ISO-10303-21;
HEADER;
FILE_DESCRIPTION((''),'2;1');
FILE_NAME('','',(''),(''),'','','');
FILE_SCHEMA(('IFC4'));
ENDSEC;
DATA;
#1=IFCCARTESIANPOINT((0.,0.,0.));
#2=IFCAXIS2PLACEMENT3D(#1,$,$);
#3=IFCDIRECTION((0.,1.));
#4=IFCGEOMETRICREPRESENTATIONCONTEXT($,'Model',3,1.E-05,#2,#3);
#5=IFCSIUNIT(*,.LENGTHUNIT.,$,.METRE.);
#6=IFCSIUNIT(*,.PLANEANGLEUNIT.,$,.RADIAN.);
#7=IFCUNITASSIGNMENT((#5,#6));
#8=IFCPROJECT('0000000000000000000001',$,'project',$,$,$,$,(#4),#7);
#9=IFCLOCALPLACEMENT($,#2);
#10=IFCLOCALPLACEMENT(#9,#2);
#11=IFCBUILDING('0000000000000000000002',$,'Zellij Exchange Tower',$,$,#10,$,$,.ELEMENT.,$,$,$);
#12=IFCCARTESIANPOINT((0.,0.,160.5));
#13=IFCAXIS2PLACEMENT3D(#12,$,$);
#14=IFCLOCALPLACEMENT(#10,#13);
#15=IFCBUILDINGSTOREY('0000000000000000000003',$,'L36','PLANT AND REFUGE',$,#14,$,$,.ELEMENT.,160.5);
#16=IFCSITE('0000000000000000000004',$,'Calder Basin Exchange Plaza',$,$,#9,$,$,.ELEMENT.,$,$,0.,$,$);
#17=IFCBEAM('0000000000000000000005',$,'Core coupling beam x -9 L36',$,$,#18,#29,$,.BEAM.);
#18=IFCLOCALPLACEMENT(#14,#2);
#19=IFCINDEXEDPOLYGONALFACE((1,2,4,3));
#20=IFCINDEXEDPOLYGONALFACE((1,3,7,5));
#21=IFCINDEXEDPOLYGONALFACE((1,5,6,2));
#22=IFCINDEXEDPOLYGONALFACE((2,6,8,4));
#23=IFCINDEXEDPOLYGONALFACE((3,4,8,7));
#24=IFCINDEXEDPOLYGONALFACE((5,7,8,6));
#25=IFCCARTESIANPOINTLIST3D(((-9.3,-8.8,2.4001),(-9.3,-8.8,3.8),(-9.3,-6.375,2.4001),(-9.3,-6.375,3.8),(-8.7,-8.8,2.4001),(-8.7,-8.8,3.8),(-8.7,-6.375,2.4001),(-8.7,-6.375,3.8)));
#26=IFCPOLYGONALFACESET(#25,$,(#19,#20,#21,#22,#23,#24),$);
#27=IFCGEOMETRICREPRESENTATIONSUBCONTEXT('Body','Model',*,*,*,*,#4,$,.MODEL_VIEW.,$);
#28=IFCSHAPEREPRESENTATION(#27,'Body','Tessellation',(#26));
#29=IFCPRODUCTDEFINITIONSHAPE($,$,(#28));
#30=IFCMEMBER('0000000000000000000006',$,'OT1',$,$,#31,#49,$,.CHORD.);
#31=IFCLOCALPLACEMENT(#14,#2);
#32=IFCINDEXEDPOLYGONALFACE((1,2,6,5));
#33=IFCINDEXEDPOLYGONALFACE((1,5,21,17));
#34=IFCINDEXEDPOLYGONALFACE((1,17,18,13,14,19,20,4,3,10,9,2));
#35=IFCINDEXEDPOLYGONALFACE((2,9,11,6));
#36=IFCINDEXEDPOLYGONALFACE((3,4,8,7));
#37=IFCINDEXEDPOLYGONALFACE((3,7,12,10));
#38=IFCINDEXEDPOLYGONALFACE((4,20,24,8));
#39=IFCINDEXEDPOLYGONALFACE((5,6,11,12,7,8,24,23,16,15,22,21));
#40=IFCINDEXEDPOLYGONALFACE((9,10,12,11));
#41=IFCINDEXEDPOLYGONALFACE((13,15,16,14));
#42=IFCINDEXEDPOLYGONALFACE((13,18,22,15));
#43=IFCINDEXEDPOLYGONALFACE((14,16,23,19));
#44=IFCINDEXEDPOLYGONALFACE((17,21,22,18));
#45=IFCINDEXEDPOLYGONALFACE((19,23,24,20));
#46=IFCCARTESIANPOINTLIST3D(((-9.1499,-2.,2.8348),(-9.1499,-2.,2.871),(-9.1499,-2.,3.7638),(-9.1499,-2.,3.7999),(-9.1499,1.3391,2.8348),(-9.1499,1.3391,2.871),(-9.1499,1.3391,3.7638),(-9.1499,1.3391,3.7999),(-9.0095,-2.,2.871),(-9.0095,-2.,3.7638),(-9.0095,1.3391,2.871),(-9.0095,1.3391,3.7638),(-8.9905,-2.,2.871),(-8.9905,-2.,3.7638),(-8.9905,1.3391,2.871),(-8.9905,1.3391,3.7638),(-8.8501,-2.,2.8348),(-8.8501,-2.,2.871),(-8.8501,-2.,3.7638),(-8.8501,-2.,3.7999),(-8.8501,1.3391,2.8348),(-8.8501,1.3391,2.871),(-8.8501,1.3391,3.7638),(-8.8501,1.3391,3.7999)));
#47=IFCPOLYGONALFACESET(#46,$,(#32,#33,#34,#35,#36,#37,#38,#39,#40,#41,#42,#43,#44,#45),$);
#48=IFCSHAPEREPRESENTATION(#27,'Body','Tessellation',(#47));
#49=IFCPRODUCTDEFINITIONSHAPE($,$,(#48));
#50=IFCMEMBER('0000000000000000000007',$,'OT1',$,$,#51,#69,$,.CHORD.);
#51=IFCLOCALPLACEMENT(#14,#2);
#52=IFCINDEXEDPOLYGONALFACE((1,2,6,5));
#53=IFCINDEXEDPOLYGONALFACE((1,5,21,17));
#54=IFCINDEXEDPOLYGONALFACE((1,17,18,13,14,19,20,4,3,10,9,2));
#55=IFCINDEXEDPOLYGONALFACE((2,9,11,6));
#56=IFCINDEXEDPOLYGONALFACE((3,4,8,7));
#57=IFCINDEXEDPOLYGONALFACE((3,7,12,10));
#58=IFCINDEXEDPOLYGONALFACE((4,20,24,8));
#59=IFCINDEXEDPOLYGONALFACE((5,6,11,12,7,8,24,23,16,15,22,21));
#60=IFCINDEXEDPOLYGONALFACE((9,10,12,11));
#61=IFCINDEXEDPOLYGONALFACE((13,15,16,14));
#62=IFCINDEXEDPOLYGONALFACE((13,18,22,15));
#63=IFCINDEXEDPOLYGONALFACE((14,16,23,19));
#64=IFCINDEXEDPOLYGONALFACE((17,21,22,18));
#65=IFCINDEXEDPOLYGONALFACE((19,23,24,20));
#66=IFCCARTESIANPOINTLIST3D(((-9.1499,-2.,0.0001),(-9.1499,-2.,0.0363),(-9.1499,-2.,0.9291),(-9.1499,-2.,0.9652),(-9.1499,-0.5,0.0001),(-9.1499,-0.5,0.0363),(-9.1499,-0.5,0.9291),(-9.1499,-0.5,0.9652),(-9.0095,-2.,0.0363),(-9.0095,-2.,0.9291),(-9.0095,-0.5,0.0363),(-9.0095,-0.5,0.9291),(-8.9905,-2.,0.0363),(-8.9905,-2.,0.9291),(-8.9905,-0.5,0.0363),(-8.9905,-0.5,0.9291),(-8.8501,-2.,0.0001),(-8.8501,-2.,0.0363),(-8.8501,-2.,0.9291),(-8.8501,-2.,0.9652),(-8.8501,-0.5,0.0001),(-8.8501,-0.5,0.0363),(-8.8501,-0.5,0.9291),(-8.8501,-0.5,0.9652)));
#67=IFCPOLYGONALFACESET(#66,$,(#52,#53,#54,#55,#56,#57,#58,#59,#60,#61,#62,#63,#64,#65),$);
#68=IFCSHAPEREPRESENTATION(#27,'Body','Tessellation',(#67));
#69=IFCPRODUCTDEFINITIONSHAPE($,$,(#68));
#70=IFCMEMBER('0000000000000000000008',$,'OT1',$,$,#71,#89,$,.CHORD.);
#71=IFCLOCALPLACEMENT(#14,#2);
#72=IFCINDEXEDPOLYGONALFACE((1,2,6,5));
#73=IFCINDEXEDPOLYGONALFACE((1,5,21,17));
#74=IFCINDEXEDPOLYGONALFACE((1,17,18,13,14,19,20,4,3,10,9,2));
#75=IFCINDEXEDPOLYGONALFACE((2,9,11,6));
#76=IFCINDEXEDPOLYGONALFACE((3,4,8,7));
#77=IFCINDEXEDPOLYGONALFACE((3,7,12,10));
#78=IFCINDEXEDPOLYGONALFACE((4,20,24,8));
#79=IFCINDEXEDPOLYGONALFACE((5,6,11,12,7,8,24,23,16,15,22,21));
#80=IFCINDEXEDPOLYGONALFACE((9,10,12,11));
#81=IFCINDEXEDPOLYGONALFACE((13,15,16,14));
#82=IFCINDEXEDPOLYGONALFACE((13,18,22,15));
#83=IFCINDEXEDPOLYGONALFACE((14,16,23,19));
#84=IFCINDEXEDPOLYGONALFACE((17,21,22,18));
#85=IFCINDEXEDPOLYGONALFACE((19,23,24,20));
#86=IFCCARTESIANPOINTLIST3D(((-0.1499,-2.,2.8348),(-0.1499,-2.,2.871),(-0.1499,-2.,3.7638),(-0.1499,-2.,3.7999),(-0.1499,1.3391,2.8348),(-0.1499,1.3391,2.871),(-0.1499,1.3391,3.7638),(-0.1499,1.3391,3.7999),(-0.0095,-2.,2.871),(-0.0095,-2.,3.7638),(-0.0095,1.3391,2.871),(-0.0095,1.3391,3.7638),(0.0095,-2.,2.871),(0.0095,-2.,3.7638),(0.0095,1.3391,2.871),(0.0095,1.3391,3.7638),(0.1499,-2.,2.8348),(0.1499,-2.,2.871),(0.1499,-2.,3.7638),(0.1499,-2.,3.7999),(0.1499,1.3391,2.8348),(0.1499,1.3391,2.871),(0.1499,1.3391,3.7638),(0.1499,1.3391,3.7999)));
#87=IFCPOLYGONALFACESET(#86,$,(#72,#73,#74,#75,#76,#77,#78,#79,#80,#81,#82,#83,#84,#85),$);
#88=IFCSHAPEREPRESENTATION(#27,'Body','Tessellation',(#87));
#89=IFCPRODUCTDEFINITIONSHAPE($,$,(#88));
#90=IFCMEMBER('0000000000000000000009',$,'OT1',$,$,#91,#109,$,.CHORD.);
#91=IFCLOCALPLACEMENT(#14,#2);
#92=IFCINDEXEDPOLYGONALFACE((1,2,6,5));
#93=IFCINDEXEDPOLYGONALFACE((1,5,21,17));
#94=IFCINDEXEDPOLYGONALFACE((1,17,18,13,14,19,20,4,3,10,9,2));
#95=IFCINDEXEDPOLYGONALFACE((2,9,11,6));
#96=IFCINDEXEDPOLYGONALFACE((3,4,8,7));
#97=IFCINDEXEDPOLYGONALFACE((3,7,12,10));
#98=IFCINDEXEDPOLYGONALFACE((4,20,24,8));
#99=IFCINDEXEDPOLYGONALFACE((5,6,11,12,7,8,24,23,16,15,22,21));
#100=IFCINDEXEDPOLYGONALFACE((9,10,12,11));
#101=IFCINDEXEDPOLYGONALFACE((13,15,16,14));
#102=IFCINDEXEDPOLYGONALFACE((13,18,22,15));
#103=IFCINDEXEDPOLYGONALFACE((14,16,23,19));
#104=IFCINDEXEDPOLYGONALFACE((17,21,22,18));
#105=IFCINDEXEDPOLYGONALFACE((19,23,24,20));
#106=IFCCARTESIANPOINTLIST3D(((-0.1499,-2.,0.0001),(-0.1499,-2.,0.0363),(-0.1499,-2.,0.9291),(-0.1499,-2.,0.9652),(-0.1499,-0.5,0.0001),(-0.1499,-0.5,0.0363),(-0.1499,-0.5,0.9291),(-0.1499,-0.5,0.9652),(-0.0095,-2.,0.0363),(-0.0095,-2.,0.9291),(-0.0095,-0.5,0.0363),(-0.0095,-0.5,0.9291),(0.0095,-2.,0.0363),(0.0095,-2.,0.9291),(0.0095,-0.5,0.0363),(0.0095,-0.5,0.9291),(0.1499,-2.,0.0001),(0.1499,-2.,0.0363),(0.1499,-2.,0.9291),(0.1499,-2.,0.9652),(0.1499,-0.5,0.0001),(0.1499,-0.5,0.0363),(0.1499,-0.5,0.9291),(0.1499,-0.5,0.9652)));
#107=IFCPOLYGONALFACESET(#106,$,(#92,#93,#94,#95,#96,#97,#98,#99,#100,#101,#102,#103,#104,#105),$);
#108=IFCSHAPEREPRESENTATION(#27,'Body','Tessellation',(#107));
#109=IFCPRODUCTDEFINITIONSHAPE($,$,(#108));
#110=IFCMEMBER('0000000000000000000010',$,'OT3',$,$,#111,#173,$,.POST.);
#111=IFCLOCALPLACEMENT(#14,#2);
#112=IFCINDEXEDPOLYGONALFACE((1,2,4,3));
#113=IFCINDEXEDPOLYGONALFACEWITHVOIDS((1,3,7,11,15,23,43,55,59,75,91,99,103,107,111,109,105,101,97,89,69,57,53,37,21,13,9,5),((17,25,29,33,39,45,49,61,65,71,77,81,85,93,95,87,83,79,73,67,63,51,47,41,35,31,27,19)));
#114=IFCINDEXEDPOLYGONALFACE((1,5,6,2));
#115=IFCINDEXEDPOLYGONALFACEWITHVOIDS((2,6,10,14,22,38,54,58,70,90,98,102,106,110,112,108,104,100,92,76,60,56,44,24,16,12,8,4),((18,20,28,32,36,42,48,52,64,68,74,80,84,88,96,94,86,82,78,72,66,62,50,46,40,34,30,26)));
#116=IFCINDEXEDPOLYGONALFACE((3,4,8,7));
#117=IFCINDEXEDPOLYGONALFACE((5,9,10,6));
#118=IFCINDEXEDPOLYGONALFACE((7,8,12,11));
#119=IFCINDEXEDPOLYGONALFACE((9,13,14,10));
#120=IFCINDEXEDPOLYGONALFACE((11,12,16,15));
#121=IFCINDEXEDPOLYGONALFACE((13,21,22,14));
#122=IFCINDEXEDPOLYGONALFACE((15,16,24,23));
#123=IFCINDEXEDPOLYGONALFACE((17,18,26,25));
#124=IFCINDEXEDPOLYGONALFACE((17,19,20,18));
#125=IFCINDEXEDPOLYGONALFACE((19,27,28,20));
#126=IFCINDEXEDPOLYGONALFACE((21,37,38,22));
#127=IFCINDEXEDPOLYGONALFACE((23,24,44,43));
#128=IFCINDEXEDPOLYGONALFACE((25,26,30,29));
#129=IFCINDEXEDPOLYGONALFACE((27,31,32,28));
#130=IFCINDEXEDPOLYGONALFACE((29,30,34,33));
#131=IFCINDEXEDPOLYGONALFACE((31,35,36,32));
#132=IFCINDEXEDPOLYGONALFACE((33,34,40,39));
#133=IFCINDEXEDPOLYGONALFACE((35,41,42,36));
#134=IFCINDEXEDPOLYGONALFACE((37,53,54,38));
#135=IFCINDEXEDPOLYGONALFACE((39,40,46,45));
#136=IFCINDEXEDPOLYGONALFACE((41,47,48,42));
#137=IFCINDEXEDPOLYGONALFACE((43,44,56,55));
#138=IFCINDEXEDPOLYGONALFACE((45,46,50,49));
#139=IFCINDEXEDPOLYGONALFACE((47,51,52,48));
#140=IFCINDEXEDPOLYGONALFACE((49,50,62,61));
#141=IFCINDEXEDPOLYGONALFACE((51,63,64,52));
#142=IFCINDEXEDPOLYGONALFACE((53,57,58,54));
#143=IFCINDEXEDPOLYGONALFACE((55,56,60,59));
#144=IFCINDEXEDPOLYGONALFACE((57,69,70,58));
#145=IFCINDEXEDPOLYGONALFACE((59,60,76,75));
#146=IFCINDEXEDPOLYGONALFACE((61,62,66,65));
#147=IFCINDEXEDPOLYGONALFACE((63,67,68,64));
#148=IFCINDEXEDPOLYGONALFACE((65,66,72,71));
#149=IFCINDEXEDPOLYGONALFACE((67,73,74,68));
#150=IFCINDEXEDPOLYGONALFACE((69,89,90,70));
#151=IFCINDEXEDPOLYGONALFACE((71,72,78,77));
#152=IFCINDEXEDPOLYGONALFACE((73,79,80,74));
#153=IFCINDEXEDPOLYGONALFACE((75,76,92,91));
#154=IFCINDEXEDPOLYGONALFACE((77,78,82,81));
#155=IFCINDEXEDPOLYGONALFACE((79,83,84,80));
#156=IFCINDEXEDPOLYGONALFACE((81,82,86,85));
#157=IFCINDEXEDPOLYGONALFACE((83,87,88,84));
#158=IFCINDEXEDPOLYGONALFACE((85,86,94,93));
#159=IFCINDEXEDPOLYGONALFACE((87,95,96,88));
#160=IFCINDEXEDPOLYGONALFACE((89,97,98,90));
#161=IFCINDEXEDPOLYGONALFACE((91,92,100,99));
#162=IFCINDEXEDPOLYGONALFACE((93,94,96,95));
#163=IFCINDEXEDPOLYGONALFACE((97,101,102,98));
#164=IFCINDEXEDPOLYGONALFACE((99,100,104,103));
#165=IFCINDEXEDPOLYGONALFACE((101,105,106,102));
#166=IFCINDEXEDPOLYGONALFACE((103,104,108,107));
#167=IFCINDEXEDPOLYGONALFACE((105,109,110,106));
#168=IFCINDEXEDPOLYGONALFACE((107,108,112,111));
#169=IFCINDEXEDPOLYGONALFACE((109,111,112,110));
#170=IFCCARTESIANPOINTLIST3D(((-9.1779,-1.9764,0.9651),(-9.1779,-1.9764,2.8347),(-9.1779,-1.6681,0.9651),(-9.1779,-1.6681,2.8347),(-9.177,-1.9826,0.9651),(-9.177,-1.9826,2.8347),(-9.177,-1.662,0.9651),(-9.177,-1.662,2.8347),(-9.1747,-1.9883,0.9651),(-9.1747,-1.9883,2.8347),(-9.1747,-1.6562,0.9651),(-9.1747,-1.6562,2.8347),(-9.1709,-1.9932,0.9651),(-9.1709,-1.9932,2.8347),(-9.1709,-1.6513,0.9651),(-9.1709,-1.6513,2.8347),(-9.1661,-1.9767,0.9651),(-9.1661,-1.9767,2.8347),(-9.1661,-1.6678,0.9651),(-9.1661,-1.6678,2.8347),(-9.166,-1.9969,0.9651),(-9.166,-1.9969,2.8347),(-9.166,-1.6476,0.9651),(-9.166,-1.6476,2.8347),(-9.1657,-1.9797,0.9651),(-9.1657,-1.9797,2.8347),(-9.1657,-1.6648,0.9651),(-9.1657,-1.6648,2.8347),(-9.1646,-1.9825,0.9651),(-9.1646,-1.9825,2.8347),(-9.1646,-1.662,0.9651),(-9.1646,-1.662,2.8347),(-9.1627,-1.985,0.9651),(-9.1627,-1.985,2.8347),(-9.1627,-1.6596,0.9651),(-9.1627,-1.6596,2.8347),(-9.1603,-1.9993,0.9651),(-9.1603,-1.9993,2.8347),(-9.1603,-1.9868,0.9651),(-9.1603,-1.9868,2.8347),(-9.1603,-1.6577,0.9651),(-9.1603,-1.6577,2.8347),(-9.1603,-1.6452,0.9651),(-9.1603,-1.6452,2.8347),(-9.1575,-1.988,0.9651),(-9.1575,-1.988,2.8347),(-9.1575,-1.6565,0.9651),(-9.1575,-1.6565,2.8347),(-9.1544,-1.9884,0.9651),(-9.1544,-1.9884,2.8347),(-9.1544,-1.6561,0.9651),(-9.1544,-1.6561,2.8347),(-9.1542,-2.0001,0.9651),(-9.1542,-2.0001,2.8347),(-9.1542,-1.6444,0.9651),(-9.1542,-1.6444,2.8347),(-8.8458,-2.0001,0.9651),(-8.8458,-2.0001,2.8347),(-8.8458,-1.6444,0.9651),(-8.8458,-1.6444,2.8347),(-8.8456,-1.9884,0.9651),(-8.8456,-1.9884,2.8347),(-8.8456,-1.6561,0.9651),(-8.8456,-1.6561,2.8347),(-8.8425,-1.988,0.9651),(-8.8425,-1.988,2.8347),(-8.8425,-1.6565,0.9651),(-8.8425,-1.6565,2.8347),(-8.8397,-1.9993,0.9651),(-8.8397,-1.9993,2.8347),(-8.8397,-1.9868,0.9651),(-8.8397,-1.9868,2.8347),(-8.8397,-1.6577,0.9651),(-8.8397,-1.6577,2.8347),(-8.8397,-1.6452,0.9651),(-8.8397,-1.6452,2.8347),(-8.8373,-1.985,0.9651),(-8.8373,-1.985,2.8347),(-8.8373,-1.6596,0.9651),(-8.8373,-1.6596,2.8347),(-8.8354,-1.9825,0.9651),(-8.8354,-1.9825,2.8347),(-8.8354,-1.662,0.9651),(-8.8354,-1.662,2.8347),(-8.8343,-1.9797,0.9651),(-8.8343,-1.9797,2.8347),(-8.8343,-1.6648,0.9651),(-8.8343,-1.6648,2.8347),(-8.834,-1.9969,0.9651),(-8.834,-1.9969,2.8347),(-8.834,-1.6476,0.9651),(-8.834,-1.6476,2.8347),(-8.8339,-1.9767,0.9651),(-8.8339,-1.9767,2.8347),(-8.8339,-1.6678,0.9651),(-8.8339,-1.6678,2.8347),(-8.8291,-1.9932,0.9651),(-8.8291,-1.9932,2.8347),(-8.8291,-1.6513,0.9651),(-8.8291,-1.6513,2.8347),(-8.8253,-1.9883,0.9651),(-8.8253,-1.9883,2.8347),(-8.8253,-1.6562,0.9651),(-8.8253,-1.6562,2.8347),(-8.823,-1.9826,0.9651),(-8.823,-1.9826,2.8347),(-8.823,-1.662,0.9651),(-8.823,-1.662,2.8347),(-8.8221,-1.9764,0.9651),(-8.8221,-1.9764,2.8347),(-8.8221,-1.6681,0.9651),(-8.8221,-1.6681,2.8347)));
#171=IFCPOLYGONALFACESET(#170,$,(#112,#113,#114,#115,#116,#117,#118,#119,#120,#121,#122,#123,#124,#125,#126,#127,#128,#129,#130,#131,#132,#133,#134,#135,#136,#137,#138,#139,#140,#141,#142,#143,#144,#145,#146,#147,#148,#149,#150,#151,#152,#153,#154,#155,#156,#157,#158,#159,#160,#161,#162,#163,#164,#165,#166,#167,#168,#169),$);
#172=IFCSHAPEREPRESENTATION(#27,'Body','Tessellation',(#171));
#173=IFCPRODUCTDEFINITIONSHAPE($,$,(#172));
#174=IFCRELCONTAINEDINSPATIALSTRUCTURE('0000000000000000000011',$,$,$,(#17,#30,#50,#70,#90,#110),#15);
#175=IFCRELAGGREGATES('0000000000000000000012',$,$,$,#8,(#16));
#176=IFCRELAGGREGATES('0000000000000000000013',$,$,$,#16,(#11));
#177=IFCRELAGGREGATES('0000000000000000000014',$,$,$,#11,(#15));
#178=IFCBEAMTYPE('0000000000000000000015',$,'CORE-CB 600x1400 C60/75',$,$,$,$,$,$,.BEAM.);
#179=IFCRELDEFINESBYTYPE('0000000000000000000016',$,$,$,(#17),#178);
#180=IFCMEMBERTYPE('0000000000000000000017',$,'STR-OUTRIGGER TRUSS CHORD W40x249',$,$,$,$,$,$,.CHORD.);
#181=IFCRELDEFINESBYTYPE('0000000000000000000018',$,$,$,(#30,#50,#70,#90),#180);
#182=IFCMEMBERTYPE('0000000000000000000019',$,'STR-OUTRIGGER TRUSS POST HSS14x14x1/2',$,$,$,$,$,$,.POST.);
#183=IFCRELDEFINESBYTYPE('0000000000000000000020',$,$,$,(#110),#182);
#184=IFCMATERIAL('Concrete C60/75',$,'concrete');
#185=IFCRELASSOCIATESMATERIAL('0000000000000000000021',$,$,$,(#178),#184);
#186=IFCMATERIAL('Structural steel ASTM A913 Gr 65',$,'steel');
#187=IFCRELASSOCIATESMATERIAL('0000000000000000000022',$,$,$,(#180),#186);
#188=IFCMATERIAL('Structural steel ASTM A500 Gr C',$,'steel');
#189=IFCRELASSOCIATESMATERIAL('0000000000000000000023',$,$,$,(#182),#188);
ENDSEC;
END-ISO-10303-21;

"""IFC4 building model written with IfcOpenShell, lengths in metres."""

from ifc_helpers import new_model, si_unit, direction, frame, origin, origin_2d, place, context, subcontext, project, spatial, rectangle, hollow_rectangle, i_section, extrude, material, material_profile, profile_set, type_object, element, save


model = new_model("IFC4")

# Units and contexts
model_context = context("Model", 3, precision=1e-05, world=origin(), true_north=direction((0.0, 1.0)))
body_context = subcontext(model_context, "Body", "Model", "MODEL_VIEW")
ifc_project = project(units=[si_unit("LENGTHUNIT", "METRE"), si_unit("PLANEANGLEUNIT", "RADIAN")], contexts=[model_context])

# Site, building, storey
site_placement = place(None, origin())
site = spatial("IfcSite", under=ifc_project, at=site_placement, Name="Calder Basin Exchange Plaza", CompositionType="ELEMENT", RefElevation=0.0)
building_placement = place(site_placement, origin())
building = spatial("IfcBuilding", under=site, at=building_placement, Name="Zellij Exchange Tower", CompositionType="ELEMENT")
storey_placement = place(building_placement, frame((0.0, 0.0, 160.5)))
storey = spatial("IfcBuildingStorey", under=building, at=storey_placement, Name="L36", Description="PLANT AND REFUGE", CompositionType="ELEMENT", Elevation=160.5)

# Beam
ifc_material_1 = material(Name="Concrete C60/75", Category="concrete")
ifc_material_profile_1 = material_profile(ifc_material_1, rectangle(XDim=0.6001, YDim=1.3999, at=origin_2d()), Name="CORE-CB 600x1400 C60/75")
ifc_profile_set_1 = profile_set([ifc_material_profile_1], Name="Concrete C60/75")
beam_type = type_object("IfcBeamType", Name="CORE-CB 600x1400 C60/75", PredefinedType="BEAM", material=ifc_profile_set_1)
beam_placement = place(storey_placement, frame((-9.0, -8.8, 3.1001), z_axis=(0.0, 1.0, 0.0), x_axis=(-1.0, 0.0, 0.0)))
element("IfcBeam", 1, at=beam_placement, inside=storey, type_object=beam_type, Name="Core coupling beam x -9 L36", PredefinedType="BEAM", context=body_context, shape_type="SweptSolid", body=[
    extrude(rectangle(XDim=0.6001, YDim=1.3999, at=origin_2d()), origin(), (0.0, 0.0, 1.0), 2.425),
])

# Members
ifc_material_2 = material(Name="Structural steel ASTM A913 Gr 65", Category="steel")
ifc_material_profile_2 = material_profile(ifc_material_2, i_section(OverallWidth=0.2998, OverallDepth=0.9651, WebThickness=0.019, FlangeThickness=0.0361, at=origin_2d()), Name="W40x249")
ifc_profile_set_2 = profile_set([ifc_material_profile_2], Name="Structural steel ASTM A913 Gr 65")
member_type_1 = type_object("IfcMemberType", Name="STR-OUTRIGGER TRUSS CHORD W40x249", PredefinedType="CHORD", material=ifc_profile_set_2)
member_1_placement = place(storey_placement, frame((-9.0, -2.0, 3.3174), z_axis=(0.0, 1.0, 0.0), x_axis=(-1.0, 0.0, 0.0)))
element("IfcMember", 2, at=member_1_placement, inside=storey, type_object=member_type_1, Name="OT1", PredefinedType="CHORD", context=body_context, shape_type="SweptSolid", body=[
    extrude(i_section(OverallWidth=0.2998, OverallDepth=0.9651, WebThickness=0.019, FlangeThickness=0.0361, at=origin_2d()), origin(), (0.0, 0.0, 1.0), 3.3391),
])
member_2_placement = place(storey_placement, frame((-9.0, -2.0, 0.4827), z_axis=(0.0, 1.0, 0.0), x_axis=(-1.0, 0.0, 0.0)))
element("IfcMember", 3, at=member_2_placement, inside=storey, type_object=member_type_1, Name="OT1", PredefinedType="CHORD", context=body_context, shape_type="SweptSolid", body=[
    extrude(i_section(OverallWidth=0.2998, OverallDepth=0.9651, WebThickness=0.019, FlangeThickness=0.0361, at=origin_2d()), origin(), (0.0, 0.0, 1.0), 1.5),
])
member_3_placement = place(storey_placement, frame((0.0, -2.0, 3.3174), z_axis=(0.0, 1.0, 0.0), x_axis=(-1.0, 0.0, 0.0)))
element("IfcMember", 4, at=member_3_placement, inside=storey, type_object=member_type_1, Name="OT1", PredefinedType="CHORD", context=body_context, shape_type="SweptSolid", body=[
    extrude(i_section(OverallWidth=0.2998, OverallDepth=0.9651, WebThickness=0.019, FlangeThickness=0.0361, at=origin_2d()), origin(), (0.0, 0.0, 1.0), 3.3391),
])
member_4_placement = place(storey_placement, frame((0.0, -2.0, 0.4827), z_axis=(0.0, 1.0, 0.0), x_axis=(-1.0, 0.0, 0.0)))
element("IfcMember", 5, at=member_4_placement, inside=storey, type_object=member_type_1, Name="OT1", PredefinedType="CHORD", context=body_context, shape_type="SweptSolid", body=[
    extrude(i_section(OverallWidth=0.2998, OverallDepth=0.9651, WebThickness=0.019, FlangeThickness=0.0361, at=origin_2d()), origin(), (0.0, 0.0, 1.0), 1.5),
])
ifc_material_3 = material(Name="Structural steel ASTM A500 Gr C", Category="steel")
ifc_material_profile_3 = material_profile(ifc_material_3, hollow_rectangle(XDim=0.3557, YDim=0.3557, WallThickness=0.0117, InnerFilletRadius=0.0117, OuterFilletRadius=0.0237, at=origin_2d()), Name="STR-OUTRIGGER TRUSS POST HSS14x14x1/2")
ifc_profile_set_3 = profile_set([ifc_material_profile_3], Name="Structural steel ASTM A500 Gr C")
member_type_2 = type_object("IfcMemberType", Name="STR-OUTRIGGER TRUSS POST HSS14x14x1/2", PredefinedType="POST", material=ifc_profile_set_3)
member_5_placement = place(storey_placement, frame((-9.0, -1.8223, 0.9651), z_axis=(0.0, 0.0, 1.0), x_axis=(1.0, 0.0, 0.0)))
element("IfcMember", 6, at=member_5_placement, inside=storey, type_object=member_type_2, Name="OT3", PredefinedType="POST", context=body_context, shape_type="SweptSolid", body=[
    extrude(hollow_rectangle(XDim=0.3557, YDim=0.3557, WallThickness=0.0117, InnerFilletRadius=0.0117, OuterFilletRadius=0.0237, at=origin_2d()), origin(), (0.0, 0.0, 1.0), 1.8696),
])

save(model, "model.ifc")
